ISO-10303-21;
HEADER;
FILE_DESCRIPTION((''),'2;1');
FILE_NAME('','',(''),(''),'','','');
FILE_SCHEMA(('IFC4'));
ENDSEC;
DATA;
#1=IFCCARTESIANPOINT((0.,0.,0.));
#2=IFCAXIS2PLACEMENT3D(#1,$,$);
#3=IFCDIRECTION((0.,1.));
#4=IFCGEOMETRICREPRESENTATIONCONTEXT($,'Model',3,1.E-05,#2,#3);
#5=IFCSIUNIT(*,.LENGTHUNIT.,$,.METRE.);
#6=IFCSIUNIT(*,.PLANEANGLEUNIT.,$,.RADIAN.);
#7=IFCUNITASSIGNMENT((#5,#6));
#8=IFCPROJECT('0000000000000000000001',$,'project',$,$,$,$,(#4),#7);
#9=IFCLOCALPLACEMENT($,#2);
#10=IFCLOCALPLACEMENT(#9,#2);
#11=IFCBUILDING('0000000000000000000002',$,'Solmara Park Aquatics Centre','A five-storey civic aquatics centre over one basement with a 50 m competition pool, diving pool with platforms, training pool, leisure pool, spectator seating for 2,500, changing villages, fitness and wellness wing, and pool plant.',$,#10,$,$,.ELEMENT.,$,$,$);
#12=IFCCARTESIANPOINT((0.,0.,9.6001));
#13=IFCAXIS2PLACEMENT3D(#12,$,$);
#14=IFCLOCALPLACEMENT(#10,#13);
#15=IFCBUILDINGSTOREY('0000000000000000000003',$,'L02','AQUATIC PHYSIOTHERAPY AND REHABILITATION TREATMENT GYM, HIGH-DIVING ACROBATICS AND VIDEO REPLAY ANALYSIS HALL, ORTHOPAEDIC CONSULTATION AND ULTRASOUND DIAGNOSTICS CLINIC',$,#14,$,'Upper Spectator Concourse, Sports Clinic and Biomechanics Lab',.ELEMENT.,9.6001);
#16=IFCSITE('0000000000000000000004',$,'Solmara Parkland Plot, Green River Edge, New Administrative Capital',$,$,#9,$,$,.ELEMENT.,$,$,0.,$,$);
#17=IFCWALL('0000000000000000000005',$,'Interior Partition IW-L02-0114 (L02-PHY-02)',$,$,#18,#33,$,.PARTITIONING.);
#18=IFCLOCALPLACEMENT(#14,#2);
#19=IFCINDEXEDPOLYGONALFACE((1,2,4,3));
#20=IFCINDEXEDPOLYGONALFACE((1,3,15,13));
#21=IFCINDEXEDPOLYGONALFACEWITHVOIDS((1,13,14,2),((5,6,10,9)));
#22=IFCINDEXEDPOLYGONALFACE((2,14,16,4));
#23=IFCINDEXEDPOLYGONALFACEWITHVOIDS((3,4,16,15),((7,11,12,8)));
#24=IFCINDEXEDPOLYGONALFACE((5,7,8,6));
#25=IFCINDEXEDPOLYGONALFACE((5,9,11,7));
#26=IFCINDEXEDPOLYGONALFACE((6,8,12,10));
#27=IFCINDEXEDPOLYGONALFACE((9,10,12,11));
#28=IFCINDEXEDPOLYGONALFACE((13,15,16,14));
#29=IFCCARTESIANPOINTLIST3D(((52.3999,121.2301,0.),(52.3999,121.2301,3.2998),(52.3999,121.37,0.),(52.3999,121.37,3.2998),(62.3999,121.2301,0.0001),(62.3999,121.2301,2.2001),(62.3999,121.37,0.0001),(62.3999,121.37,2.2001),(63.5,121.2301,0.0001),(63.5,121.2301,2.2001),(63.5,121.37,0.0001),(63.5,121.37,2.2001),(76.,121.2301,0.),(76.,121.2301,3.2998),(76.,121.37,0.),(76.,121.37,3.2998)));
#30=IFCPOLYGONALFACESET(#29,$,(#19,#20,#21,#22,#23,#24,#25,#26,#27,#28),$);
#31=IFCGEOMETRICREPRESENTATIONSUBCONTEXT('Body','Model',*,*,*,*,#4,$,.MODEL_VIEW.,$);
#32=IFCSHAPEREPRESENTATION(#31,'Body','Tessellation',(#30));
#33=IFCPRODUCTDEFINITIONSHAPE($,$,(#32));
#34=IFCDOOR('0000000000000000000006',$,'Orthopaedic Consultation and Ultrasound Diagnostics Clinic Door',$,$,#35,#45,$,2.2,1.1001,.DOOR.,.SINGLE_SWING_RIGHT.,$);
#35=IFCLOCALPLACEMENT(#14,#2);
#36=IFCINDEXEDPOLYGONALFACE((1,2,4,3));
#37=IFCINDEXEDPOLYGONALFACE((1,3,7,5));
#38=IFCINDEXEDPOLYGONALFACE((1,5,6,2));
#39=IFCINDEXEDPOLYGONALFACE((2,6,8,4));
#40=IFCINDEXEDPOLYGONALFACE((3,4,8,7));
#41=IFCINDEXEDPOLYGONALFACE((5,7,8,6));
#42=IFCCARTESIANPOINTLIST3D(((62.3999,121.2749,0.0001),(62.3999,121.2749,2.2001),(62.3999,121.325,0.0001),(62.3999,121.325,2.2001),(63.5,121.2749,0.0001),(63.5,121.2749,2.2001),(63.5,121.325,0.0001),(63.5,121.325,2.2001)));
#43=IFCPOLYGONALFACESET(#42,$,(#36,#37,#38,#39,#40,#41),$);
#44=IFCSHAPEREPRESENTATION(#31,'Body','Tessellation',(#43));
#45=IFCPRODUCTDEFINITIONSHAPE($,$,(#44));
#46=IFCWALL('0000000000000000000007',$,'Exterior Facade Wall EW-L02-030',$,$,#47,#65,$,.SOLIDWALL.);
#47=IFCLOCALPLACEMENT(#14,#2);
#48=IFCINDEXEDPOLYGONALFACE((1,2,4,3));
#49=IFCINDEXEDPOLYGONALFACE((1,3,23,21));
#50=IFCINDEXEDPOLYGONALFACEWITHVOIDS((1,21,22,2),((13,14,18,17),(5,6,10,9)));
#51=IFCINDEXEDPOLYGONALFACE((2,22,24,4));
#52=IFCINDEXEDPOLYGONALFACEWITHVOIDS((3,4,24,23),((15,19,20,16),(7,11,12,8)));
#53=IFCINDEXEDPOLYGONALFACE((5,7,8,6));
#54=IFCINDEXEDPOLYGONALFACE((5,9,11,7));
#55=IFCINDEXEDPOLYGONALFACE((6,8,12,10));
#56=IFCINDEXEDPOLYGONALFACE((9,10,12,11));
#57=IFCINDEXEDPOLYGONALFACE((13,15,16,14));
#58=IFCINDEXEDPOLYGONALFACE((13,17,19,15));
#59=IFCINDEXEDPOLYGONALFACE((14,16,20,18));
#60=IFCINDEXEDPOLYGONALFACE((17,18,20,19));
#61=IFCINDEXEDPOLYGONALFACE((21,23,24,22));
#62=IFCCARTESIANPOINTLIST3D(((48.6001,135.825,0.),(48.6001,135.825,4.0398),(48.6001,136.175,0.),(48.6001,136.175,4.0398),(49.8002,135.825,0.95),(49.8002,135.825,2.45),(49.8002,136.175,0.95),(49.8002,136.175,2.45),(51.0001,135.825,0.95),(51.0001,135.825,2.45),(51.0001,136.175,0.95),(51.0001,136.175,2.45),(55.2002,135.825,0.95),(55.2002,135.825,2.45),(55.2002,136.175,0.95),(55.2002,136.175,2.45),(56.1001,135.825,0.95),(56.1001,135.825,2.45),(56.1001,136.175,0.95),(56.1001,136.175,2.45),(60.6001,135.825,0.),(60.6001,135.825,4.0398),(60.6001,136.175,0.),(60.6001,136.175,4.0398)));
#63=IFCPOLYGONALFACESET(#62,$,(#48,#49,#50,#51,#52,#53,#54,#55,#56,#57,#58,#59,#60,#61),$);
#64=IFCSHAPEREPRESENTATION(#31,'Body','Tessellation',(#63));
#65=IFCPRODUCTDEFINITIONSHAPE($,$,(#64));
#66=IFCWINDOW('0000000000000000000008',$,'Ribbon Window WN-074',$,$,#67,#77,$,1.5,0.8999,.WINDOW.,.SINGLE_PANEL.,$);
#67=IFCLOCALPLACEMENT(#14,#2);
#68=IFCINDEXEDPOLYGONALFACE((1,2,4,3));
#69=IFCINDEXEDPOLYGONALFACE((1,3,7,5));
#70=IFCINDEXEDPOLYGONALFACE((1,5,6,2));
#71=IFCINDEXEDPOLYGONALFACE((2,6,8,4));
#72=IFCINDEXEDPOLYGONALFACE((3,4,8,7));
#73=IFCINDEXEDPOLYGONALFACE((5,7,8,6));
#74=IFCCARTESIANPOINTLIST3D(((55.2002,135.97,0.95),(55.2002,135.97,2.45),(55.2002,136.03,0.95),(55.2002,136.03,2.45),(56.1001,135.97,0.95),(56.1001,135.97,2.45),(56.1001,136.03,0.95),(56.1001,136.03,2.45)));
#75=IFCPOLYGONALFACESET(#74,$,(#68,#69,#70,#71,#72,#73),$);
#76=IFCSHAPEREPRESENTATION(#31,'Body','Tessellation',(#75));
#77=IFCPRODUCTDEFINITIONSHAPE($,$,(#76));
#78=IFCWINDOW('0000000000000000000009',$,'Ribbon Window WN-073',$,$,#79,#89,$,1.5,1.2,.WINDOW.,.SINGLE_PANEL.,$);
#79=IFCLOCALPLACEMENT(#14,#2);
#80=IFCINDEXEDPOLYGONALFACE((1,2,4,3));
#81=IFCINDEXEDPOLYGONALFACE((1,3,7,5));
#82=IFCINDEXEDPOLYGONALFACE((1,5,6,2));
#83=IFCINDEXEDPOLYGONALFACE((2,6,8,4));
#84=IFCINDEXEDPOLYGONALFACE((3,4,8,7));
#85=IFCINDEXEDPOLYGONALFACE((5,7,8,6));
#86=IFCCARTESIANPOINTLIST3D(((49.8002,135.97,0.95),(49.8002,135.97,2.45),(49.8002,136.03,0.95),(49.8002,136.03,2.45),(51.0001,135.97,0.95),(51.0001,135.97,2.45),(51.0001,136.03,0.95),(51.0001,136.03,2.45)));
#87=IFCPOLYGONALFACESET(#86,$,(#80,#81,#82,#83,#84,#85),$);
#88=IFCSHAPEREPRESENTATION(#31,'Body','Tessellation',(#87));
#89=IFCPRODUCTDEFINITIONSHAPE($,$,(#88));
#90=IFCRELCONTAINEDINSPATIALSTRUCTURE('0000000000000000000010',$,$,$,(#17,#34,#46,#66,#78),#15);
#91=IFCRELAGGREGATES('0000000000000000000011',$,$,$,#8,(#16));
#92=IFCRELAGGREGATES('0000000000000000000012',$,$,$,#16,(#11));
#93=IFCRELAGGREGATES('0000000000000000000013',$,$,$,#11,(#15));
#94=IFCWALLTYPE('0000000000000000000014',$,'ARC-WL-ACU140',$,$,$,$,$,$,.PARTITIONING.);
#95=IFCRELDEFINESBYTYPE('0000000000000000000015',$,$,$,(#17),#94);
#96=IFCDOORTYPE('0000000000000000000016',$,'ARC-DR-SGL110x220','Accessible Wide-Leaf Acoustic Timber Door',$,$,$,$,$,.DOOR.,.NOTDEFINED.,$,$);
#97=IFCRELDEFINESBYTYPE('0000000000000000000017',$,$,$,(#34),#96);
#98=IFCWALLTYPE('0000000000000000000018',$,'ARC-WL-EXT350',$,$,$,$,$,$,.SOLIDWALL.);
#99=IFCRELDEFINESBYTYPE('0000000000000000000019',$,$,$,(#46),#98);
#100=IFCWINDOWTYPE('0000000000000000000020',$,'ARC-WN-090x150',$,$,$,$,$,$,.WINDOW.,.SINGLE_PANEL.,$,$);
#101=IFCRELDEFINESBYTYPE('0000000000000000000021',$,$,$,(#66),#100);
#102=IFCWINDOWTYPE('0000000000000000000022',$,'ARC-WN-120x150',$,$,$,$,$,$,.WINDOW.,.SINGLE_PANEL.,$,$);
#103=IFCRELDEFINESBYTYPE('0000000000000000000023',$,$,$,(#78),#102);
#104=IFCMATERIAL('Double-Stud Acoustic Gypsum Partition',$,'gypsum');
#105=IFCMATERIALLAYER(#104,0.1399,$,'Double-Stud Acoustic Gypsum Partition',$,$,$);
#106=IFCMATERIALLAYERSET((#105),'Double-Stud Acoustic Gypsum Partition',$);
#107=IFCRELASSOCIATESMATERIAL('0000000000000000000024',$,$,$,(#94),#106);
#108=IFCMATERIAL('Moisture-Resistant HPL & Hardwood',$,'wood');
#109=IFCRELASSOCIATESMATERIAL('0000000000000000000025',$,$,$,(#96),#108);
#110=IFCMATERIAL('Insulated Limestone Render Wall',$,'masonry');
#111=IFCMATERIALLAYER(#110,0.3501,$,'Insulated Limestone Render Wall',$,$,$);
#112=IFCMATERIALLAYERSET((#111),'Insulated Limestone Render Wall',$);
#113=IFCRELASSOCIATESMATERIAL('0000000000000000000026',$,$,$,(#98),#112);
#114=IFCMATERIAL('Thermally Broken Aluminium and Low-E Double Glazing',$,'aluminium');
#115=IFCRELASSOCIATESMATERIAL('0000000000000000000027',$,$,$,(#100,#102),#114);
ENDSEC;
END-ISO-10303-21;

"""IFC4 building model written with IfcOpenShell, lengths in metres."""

from ifc_helpers import new_model, si_unit, direction, frame, frame_2d, origin, place, context, subcontext, project, spatial, rectangle, extrude, material, layer, layer_set, type_object, element, fill, save


model = new_model("IFC4")

# Units and contexts
model_context = context("Model", 3, precision=1e-05, world=origin(), true_north=direction((0.0, 1.0)))
body_context = subcontext(model_context, "Body", "Model", "MODEL_VIEW")
ifc_project = project(units=[si_unit("LENGTHUNIT", "METRE"), si_unit("PLANEANGLEUNIT", "RADIAN")], contexts=[model_context])

# Site, building, storey
site_placement = place(None, origin())
site = spatial("IfcSite", under=ifc_project, at=site_placement, Name="Solmara Parkland Plot, Green River Edge, New Administrative Capital", CompositionType="ELEMENT", RefElevation=0.0)
building_placement = place(site_placement, origin())
building = spatial("IfcBuilding", under=site, at=building_placement, Name="Solmara Park Aquatics Centre", Description="A five-storey civic aquatics centre over one basement with a 50 m competition pool, diving pool with platforms, training pool, leisure pool, spectator seating for 2,500, changing villages, fitness and wellness wing, and pool plant.", CompositionType="ELEMENT")
storey_placement = place(building_placement, frame((0.0, 0.0, 9.6001)))
storey = spatial("IfcBuildingStorey", under=building, at=storey_placement, Name="L02", Description="AQUATIC PHYSIOTHERAPY AND REHABILITATION TREATMENT GYM, HIGH-DIVING ACROBATICS AND VIDEO REPLAY ANALYSIS HALL, ORTHOPAEDIC CONSULTATION AND ULTRASOUND DIAGNOSTICS CLINIC", LongName="Upper Spectator Concourse, Sports Clinic and Biomechanics Lab", CompositionType="ELEMENT", Elevation=9.6001)

# Shared definitions
ifc_material_1 = material(Name="Double-Stud Acoustic Gypsum Partition", Category="gypsum")
ifc_layer_1 = layer(ifc_material_1, 0.1399, Name="Double-Stud Acoustic Gypsum Partition")
ifc_layer_set_1 = layer_set([ifc_layer_1], Name="Double-Stud Acoustic Gypsum Partition")
wall_type_1 = type_object("IfcWallType", Name="ARC-WL-ACU140", PredefinedType="PARTITIONING", material=ifc_layer_set_1)

# Wall, opening, door
wall_1_placement = place(storey_placement, frame((52.3999, 121.3, 0.0), z_axis=(0.0, 0.0, 1.0), x_axis=(1.0, 0.0, 0.0)))
wall_1 = element("IfcWall", 1, at=wall_1_placement, inside=storey, type_object=wall_type_1, Name="Interior Partition IW-L02-0114 (L02-PHY-02)", PredefinedType="PARTITIONING", context=body_context, shape_type="SweptSolid", body=[
    extrude(rectangle(XDim=23.6001, YDim=0.1399, at=frame_2d((11.8, 0.0))), origin(), (0.0, 0.0, 1.0), 3.2998),
])
opening_1_placement = place(wall_1_placement, frame((10.0, 0.0, 0.0)))
opening_1 = element("IfcOpeningElement", 2, at=opening_1_placement, cuts=wall_1, PredefinedType="OPENING", context=body_context, shape_type="SweptSolid", body=[
    extrude(rectangle(XDim=1.1001, YDim=2.2, at=frame_2d((0.55, 1.1001))), frame((0.0, 0.0798, 0.0), z_axis=(0.0, -1.0, 0.0), x_axis=(1.0, 0.0, 0.0)), (0.0, 0.0, 1.0), 0.1599),
])
ifc_material_2 = material(Name="Moisture-Resistant HPL & Hardwood", Category="wood")
door_type = type_object("IfcDoorType", Name="ARC-DR-SGL110x220", Description="Accessible Wide-Leaf Acoustic Timber Door", OperationType="NOTDEFINED", PredefinedType="DOOR", material=ifc_material_2)
door_placement = place(opening_1_placement, origin())
door = element("IfcDoor", 3, at=door_placement, inside=storey, type_object=door_type, Name="Orthopaedic Consultation and Ultrasound Diagnostics Clinic Door", OperationType="SINGLE_SWING_RIGHT", OverallHeight=2.2, OverallWidth=1.1001, PredefinedType="DOOR", context=body_context, shape_type="SweptSolid", body=[
    extrude(rectangle(XDim=1.1001, YDim=2.2, at=frame_2d((0.55, 1.1001))), frame((0.0, 0.0249, 0.0), z_axis=(0.0, -1.0, 0.0), x_axis=(1.0, 0.0, 0.0)), (0.0, 0.0, 1.0), 0.05),
])
fill(opening_1, door)

# Wall, openings, windows
ifc_material_3 = material(Name="Insulated Limestone Render Wall", Category="masonry")
ifc_layer_2 = layer(ifc_material_3, 0.3501, Name="Insulated Limestone Render Wall")
ifc_layer_set_2 = layer_set([ifc_layer_2], Name="Insulated Limestone Render Wall")
wall_type_2 = type_object("IfcWallType", Name="ARC-WL-EXT350", PredefinedType="SOLIDWALL", material=ifc_layer_set_2)
wall_2_placement = place(storey_placement, frame((48.6001, 136.0, 0.0), z_axis=(0.0, 0.0, 1.0), x_axis=(1.0, 0.0, 0.0)))
wall_2 = element("IfcWall", 4, at=wall_2_placement, inside=storey, type_object=wall_type_2, Name="Exterior Facade Wall EW-L02-030", PredefinedType="SOLIDWALL", context=body_context, shape_type="SweptSolid", body=[
    extrude(rectangle(XDim=12.0, YDim=0.3501, at=frame_2d((6.0, 0.0))), origin(), (0.0, 0.0, 1.0), 4.0398),
])
opening_2_placement = place(wall_2_placement, frame((1.2, 0.0, 0.95)))
opening_2 = element("IfcOpeningElement", 5, at=opening_2_placement, cuts=wall_2, PredefinedType="OPENING", context=body_context, shape_type="SweptSolid", body=[
    extrude(rectangle(XDim=1.2, YDim=1.5, at=frame_2d((0.6001, 0.75))), frame((0.0, 0.1851, 0.0), z_axis=(0.0, -1.0, 0.0), x_axis=(1.0, 0.0, 0.0)), (0.0, 0.0, 1.0), 0.3701),
])
opening_3_placement = place(wall_2_placement, frame((6.6001, 0.0, 0.95)))
opening_3 = element("IfcOpeningElement", 6, at=opening_3_placement, cuts=wall_2, PredefinedType="OPENING", context=body_context, shape_type="SweptSolid", body=[
    extrude(rectangle(XDim=0.8999, YDim=1.5, at=frame_2d((0.45, 0.75))), frame((0.0, 0.1851, 0.0), z_axis=(0.0, -1.0, 0.0), x_axis=(1.0, 0.0, 0.0)), (0.0, 0.0, 1.0), 0.3701),
])
ifc_material_4 = material(Name="Thermally Broken Aluminium and Low-E Double Glazing", Category="aluminium")
window_type_1 = type_object("IfcWindowType", Name="ARC-WN-090x150", PartitioningType="SINGLE_PANEL", PredefinedType="WINDOW", material=ifc_material_4)
window_1_placement = place(opening_3_placement, origin())
window_1 = element("IfcWindow", 7, at=window_1_placement, inside=storey, type_object=window_type_1, Name="Ribbon Window WN-074", OverallHeight=1.5, OverallWidth=0.8999, PartitioningType="SINGLE_PANEL", PredefinedType="WINDOW", context=body_context, shape_type="SweptSolid", body=[
    extrude(rectangle(XDim=0.8999, YDim=1.5, at=frame_2d((0.45, 0.75))), frame((0.0, 0.03, 0.0), z_axis=(0.0, -1.0, 0.0), x_axis=(1.0, 0.0, 0.0)), (0.0, 0.0, 1.0), 0.0601),
])
fill(opening_3, window_1)
window_type_2 = type_object("IfcWindowType", Name="ARC-WN-120x150", PartitioningType="SINGLE_PANEL", PredefinedType="WINDOW", material=ifc_material_4)
window_2_placement = place(opening_2_placement, origin())
window_2 = element("IfcWindow", 8, at=window_2_placement, inside=storey, type_object=window_type_2, Name="Ribbon Window WN-073", OverallHeight=1.5, OverallWidth=1.2, PartitioningType="SINGLE_PANEL", PredefinedType="WINDOW", context=body_context, shape_type="SweptSolid", body=[
    extrude(rectangle(XDim=1.2, YDim=1.5, at=frame_2d((0.6001, 0.75))), frame((0.0, 0.03, 0.0), z_axis=(0.0, -1.0, 0.0), x_axis=(1.0, 0.0, 0.0)), (0.0, 0.0, 1.0), 0.0601),
])
fill(opening_2, window_2)

save(model, "model.ifc")
